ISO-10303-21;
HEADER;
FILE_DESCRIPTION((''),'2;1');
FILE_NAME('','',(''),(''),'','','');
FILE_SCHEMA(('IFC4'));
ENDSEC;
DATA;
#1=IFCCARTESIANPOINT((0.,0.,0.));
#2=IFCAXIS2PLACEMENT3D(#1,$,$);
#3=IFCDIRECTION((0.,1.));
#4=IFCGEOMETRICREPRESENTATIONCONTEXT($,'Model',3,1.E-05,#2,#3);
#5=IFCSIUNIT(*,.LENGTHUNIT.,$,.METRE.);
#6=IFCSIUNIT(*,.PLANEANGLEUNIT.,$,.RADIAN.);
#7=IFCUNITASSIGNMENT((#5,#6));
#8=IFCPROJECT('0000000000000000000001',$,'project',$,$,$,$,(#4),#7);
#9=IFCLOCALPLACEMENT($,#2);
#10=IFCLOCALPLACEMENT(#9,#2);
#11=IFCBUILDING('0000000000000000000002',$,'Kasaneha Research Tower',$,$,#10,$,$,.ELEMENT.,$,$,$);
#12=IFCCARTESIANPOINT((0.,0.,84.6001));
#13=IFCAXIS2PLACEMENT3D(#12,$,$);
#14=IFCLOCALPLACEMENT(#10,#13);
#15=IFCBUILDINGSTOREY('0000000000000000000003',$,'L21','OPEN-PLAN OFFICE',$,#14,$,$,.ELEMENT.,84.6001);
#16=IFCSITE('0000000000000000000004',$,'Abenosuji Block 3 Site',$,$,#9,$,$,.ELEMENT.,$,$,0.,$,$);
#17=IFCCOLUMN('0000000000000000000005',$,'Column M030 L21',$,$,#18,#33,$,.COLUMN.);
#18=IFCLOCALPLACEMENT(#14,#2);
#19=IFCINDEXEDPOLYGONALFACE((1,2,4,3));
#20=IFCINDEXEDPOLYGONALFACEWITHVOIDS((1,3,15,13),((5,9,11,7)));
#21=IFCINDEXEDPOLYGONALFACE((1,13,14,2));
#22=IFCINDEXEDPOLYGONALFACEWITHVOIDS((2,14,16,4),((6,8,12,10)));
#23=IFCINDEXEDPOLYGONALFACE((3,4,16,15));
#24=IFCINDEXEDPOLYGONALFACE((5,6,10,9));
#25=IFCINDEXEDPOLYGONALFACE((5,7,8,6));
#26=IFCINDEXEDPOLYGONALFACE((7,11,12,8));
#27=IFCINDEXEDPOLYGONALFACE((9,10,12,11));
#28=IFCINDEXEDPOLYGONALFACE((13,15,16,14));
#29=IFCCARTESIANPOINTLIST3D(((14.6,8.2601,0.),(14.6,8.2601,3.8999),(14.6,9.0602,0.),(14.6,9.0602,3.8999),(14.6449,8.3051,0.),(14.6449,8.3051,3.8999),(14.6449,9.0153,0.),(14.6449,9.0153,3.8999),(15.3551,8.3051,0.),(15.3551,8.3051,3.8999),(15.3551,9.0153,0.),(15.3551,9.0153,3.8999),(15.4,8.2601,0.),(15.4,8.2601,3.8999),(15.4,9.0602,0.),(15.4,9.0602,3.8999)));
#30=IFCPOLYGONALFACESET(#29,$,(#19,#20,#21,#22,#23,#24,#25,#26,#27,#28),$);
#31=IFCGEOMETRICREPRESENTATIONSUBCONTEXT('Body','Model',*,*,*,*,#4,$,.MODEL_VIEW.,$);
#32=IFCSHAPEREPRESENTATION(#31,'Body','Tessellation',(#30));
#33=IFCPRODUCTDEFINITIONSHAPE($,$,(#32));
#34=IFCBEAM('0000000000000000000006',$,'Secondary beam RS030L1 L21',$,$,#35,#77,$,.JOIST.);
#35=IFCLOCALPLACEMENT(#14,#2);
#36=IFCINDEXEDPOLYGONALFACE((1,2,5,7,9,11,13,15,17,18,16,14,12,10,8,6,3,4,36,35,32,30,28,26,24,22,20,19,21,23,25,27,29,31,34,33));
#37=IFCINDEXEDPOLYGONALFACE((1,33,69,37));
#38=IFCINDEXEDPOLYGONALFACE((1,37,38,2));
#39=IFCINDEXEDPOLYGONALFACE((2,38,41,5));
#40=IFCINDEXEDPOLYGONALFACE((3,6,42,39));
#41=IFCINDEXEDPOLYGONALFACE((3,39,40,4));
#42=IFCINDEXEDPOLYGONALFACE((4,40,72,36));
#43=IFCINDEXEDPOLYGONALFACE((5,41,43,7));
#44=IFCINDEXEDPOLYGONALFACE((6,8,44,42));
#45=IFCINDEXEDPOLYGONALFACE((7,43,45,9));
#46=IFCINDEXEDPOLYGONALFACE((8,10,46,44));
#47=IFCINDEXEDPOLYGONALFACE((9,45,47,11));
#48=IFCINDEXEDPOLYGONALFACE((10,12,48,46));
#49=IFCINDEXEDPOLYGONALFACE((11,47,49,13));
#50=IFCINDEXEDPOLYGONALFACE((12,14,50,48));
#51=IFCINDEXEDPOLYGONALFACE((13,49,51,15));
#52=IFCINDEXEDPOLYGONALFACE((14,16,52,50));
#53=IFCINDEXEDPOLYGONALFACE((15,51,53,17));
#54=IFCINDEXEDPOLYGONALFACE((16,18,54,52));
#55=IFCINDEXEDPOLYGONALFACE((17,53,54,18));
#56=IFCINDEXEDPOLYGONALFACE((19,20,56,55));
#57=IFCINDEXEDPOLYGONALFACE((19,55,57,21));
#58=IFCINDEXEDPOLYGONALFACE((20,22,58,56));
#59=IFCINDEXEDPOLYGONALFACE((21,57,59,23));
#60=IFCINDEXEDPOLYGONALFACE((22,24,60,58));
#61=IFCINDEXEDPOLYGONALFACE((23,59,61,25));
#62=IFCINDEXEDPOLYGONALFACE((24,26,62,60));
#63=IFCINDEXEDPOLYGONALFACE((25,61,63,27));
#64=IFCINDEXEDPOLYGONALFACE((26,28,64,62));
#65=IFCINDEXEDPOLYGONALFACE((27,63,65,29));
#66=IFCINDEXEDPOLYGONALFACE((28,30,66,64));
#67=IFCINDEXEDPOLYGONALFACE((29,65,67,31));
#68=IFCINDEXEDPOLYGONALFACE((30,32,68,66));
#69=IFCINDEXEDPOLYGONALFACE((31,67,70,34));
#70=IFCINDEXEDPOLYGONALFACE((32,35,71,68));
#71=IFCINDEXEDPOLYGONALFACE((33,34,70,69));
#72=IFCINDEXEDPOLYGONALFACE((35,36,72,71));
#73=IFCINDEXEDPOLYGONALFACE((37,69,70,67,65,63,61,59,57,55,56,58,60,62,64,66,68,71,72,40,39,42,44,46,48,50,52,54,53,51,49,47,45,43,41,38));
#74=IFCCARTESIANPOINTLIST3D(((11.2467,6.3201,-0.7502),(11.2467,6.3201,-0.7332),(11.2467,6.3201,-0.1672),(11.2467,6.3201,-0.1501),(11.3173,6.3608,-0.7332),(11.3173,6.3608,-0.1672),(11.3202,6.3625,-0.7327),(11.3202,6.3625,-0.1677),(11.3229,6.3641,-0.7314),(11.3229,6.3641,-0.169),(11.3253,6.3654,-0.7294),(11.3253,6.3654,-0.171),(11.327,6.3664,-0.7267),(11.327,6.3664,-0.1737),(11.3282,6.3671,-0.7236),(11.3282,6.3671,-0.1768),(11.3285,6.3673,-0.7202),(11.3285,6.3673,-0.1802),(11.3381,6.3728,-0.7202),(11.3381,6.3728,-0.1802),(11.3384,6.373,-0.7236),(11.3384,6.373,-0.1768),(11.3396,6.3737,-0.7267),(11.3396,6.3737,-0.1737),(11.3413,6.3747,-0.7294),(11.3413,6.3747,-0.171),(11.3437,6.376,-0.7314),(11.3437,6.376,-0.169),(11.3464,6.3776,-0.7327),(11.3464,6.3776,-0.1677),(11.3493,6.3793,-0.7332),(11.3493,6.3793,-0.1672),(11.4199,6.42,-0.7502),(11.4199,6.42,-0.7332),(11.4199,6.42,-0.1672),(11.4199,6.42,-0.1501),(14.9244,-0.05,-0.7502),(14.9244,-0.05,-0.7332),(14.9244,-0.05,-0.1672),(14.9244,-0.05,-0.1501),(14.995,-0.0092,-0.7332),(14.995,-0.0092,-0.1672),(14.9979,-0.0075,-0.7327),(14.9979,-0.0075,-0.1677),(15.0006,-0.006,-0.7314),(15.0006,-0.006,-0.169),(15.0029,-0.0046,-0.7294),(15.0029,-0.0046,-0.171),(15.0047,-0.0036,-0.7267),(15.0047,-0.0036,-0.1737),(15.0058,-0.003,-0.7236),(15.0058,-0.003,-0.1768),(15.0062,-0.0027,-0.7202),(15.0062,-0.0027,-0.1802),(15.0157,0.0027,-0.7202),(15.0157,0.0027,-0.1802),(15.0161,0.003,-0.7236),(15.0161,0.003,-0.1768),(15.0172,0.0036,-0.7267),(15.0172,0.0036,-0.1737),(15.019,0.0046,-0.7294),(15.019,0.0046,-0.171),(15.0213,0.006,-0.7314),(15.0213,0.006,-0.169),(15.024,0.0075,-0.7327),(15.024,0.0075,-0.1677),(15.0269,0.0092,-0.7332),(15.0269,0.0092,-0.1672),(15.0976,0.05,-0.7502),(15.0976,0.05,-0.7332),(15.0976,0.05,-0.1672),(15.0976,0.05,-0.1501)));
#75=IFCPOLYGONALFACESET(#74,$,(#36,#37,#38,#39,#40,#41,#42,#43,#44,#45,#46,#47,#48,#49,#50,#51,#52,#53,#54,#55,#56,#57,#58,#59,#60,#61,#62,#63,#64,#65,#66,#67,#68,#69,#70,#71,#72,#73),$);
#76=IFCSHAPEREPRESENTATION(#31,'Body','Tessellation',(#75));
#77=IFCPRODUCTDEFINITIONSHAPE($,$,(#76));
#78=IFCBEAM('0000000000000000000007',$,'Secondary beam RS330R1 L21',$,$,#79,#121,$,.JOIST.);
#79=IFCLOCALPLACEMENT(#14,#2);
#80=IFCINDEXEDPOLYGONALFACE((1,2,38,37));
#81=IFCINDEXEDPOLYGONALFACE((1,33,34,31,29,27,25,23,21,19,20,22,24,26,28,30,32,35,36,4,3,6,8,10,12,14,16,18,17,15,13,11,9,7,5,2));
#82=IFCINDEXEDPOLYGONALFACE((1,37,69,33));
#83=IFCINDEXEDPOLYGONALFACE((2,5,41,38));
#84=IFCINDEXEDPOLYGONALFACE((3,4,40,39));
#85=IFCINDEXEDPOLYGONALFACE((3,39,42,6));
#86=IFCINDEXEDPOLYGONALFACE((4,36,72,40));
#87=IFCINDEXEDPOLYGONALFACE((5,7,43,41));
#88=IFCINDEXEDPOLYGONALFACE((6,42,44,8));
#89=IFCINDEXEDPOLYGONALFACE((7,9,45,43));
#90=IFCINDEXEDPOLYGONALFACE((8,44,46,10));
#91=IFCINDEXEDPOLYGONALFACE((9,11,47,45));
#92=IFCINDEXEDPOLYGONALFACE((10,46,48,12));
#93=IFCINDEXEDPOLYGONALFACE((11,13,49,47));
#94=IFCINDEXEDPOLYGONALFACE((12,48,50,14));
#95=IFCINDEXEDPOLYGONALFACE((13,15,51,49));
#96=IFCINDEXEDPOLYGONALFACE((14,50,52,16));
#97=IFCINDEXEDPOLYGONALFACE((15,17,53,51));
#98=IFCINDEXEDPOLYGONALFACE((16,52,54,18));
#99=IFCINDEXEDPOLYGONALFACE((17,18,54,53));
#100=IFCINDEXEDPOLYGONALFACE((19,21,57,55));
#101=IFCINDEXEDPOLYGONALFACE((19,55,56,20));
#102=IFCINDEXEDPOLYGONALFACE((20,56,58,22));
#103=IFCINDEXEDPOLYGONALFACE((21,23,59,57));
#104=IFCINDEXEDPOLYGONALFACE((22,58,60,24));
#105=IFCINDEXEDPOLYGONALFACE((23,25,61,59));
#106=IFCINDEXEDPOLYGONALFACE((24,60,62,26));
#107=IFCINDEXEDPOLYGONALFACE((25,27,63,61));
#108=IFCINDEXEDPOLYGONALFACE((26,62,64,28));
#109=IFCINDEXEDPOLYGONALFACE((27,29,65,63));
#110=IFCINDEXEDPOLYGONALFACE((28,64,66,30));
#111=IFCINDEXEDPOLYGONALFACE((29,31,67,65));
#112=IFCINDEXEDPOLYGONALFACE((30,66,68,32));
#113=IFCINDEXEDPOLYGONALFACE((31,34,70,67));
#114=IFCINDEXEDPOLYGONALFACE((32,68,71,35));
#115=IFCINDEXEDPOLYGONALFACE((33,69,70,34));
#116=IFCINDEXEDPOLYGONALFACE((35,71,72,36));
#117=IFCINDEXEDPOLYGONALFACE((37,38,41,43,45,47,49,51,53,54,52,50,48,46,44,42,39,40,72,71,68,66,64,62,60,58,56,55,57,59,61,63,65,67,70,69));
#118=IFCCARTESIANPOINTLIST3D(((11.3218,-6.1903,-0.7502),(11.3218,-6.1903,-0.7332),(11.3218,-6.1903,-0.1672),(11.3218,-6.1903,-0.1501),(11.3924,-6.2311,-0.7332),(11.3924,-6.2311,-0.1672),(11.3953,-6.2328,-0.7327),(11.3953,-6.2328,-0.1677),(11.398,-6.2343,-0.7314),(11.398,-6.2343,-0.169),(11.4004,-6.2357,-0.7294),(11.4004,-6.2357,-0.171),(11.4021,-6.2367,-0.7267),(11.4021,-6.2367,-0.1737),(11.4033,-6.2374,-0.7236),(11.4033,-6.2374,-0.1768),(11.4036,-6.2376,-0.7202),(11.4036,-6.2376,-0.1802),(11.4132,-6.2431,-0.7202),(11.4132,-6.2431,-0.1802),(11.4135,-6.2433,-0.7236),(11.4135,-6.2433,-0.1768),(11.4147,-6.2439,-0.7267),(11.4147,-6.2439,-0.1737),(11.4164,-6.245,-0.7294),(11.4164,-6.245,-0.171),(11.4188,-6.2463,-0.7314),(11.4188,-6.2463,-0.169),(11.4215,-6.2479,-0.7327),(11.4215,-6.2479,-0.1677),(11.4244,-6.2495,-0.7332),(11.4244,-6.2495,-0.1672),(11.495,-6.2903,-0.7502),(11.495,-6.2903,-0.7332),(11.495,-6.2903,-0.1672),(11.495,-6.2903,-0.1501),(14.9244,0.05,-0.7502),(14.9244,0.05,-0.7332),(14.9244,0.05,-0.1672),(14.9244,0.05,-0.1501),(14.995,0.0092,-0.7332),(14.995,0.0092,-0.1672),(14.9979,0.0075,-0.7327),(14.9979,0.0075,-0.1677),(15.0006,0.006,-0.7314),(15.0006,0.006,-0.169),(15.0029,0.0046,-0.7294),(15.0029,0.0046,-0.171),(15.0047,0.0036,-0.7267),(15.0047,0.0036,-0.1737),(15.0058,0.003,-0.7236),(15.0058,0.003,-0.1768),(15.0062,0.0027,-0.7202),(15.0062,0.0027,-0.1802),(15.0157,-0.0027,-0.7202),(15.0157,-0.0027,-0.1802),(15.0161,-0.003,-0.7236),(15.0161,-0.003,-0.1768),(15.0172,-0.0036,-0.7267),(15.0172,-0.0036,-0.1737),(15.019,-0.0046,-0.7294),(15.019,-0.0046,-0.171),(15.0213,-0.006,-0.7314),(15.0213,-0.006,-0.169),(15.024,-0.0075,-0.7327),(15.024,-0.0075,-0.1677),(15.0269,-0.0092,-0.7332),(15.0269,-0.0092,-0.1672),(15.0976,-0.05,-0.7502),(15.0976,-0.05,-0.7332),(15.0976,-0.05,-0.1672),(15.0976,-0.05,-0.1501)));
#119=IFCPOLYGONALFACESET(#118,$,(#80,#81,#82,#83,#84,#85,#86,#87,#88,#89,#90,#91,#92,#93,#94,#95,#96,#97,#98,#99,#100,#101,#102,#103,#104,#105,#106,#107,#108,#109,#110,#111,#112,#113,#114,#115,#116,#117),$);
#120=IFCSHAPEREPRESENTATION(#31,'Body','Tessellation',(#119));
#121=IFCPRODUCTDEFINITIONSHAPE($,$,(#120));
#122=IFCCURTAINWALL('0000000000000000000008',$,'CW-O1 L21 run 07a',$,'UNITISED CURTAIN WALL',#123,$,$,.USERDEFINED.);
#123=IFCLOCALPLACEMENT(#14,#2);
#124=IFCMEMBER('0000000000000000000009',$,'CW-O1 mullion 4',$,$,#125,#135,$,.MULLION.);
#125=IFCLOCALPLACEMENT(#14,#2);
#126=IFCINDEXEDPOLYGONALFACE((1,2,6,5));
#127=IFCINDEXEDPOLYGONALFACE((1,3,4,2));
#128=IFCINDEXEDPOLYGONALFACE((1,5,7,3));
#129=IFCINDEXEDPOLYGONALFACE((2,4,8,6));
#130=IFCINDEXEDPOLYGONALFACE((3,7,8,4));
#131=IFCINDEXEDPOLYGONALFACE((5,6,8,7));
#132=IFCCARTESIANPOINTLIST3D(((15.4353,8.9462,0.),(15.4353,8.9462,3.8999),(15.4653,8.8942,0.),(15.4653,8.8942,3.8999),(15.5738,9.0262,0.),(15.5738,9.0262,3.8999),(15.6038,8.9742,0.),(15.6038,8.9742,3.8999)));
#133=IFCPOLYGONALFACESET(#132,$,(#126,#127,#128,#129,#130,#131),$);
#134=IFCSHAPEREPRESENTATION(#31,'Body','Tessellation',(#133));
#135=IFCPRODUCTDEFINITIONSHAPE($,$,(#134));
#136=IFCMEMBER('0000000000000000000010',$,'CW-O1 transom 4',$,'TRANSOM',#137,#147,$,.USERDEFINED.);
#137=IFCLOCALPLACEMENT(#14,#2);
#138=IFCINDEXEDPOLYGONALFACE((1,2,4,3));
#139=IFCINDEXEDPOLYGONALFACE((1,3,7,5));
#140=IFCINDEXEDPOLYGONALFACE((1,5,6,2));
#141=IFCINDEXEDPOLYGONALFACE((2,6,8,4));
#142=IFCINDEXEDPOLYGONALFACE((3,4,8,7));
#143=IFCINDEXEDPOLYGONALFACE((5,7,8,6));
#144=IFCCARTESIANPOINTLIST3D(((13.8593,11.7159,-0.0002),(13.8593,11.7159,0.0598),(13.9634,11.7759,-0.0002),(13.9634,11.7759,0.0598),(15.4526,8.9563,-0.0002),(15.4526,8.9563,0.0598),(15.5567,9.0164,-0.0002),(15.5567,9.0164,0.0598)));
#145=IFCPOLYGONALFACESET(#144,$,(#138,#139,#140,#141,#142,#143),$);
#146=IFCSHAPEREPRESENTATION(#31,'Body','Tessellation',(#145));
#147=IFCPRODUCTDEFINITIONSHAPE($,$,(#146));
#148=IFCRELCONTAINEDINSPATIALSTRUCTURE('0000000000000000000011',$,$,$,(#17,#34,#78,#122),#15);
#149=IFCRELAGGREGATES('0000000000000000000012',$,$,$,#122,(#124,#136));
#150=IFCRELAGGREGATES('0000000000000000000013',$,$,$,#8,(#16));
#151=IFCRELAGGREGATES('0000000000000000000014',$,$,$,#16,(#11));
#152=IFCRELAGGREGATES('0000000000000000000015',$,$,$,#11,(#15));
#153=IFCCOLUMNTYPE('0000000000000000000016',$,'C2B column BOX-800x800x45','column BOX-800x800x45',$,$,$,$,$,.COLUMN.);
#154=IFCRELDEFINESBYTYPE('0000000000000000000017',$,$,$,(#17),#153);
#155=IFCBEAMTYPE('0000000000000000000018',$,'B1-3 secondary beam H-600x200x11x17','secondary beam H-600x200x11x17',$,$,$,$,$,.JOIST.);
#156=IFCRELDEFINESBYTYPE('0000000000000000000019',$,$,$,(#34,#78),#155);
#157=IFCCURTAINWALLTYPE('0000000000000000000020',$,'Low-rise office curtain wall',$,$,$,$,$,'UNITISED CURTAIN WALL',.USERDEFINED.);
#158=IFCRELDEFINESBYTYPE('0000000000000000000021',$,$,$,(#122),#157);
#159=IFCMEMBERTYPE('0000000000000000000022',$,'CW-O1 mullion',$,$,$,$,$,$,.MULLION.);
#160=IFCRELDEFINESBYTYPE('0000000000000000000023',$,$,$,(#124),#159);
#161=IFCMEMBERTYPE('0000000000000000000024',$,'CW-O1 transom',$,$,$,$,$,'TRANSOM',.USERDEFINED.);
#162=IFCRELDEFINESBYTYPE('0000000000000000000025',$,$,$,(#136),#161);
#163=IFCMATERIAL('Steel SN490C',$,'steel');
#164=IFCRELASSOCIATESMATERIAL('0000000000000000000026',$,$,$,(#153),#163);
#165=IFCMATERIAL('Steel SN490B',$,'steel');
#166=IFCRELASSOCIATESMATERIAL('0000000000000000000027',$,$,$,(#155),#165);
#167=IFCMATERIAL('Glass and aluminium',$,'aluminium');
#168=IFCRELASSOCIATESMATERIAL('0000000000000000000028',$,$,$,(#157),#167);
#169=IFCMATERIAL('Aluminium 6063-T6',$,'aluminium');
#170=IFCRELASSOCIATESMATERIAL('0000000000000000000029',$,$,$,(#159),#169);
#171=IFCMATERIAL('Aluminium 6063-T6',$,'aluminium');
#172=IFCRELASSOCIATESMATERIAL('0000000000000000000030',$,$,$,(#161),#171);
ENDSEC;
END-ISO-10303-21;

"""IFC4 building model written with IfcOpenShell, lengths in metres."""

from ifc_helpers import new_model, si_unit, direction, frame, origin, origin_2d, place, context, subcontext, project, spatial, rectangle, hollow_rectangle, i_section, extrude, material, material_profile, profile_set, type_object, element, aggregate, save


model = new_model("IFC4")

# Units and contexts
model_context = context("Model", 3, precision=1e-05, world=origin(), true_north=direction((0.0, 1.0)))
body_context = subcontext(model_context, "Body", "Model", "MODEL_VIEW")
ifc_project = project(units=[si_unit("LENGTHUNIT", "METRE"), si_unit("PLANEANGLEUNIT", "RADIAN")], contexts=[model_context])

# Site, building, storey
site_placement = place(None, origin())
site = spatial("IfcSite", under=ifc_project, at=site_placement, Name="Abenosuji Block 3 Site", CompositionType="ELEMENT", RefElevation=0.0)
building_placement = place(site_placement, origin())
building = spatial("IfcBuilding", under=site, at=building_placement, Name="Kasaneha Research Tower", CompositionType="ELEMENT")
storey_placement = place(building_placement, frame((0.0, 0.0, 84.6001)))
storey = spatial("IfcBuildingStorey", under=building, at=storey_placement, Name="L21", Description="OPEN-PLAN OFFICE", CompositionType="ELEMENT", Elevation=84.6001)

# Column
ifc_material_1 = material(Name="Steel SN490C", Category="steel")
ifc_material_profile_1 = material_profile(ifc_material_1, hollow_rectangle(XDim=0.8, YDim=0.8, WallThickness=0.0449, at=origin_2d()), Name="BOX-800x800x45")
ifc_profile_set_1 = profile_set([ifc_material_profile_1], Name="Steel SN490C")
column_type = type_object("IfcColumnType", Name="C2B column BOX-800x800x45", Description="column BOX-800x800x45", PredefinedType="COLUMN", material=ifc_profile_set_1)
column_placement = place(storey_placement, frame((15.0, 8.6602, 0.0), z_axis=(0.0, 0.0, 1.0), x_axis=(1.0, 0.0, 0.0)))
element("IfcColumn", 1, at=column_placement, inside=storey, type_object=column_type, Name="Column M030 L21", PredefinedType="COLUMN", context=body_context, shape_type="SweptSolid", body=[
    extrude(hollow_rectangle(XDim=0.8, YDim=0.8, WallThickness=0.0449, at=origin_2d()), origin(), (0.0, 0.0, 1.0), 3.8999),
])

# Beams
ifc_material_2 = material(Name="Steel SN490B", Category="steel")
ifc_material_profile_2 = material_profile(ifc_material_2, i_section(OverallWidth=0.2, OverallDepth=0.6001, WebThickness=0.011, FlangeThickness=0.0171, FilletRadius=0.0129, at=origin_2d()), Name="H-600x200x11x17")
ifc_profile_set_2 = profile_set([ifc_material_profile_2], Name="Steel SN490B")
beam_type_1 = type_object("IfcBeamType", Name="B1-3 secondary beam H-600x200x11x17", Description="secondary beam H-600x200x11x17", PredefinedType="JOIST", material=ifc_profile_set_2)
beam_1_placement = place(storey_placement, frame((15.011, 0.0, -0.4502), z_axis=(-0.499994, 0.866029, 0.0), x_axis=(-0.866029, -0.499994, 0.0)))
element("IfcBeam", 2, at=beam_1_placement, inside=storey, type_object=beam_type_1, Name="Secondary beam RS030L1 L21", PredefinedType="JOIST", context=body_context, shape_type="SweptSolid", body=[
    extrude(i_section(OverallWidth=0.2, OverallDepth=0.6001, WebThickness=0.011, FlangeThickness=0.0171, FilletRadius=0.0129, at=origin_2d()), origin(), (0.0, 0.0, 1.0), 7.3555),
])
beam_2_placement = place(storey_placement, frame((15.011, 0.0, -0.4502), z_axis=(-0.499973, -0.866041, 0.0), x_axis=(0.866041, -0.499973, 0.0)))
element("IfcBeam", 3, at=beam_2_placement, inside=storey, type_object=beam_type_1, Name="Secondary beam RS330R1 L21", PredefinedType="JOIST", context=body_context, shape_type="SweptSolid", body=[
    extrude(i_section(OverallWidth=0.2, OverallDepth=0.6001, WebThickness=0.011, FlangeThickness=0.0171, FilletRadius=0.0129, at=origin_2d()), origin(), (0.0, 0.0, 1.0), 7.2056),
])

# Curtain wall, members
ifc_material_3 = material(Name="Glass and aluminium", Category="aluminium")
curtain_wall_type = type_object("IfcCurtainWallType", Name="Low-rise office curtain wall", ElementType="UNITISED CURTAIN WALL", PredefinedType="USERDEFINED", material=ifc_material_3)
curtain_wall_placement = place(storey_placement, origin())
curtain_wall = element("IfcCurtainWall", 4, at=curtain_wall_placement, inside=storey, type_object=curtain_wall_type, Name="CW-O1 L21 run 07a", ObjectType="UNITISED CURTAIN WALL", PredefinedType="USERDEFINED")
ifc_material_4 = material(Name="Aluminium 6063-T6", Category="aluminium")
ifc_material_profile_3 = material_profile(ifc_material_4, rectangle(XDim=0.0601, YDim=0.1599, at=origin_2d()), Name="CW-O1 mullion 60x160")
ifc_profile_set_3 = profile_set([ifc_material_profile_3], Name="Aluminium 6063-T6")
member_type_1 = type_object("IfcMemberType", Name="CW-O1 mullion", PredefinedType="MULLION", material=ifc_profile_set_3)
member_1_placement = place(storey_placement, frame((15.5195, 8.9602, 0.0), z_axis=(0.0, 0.0, 1.0), x_axis=(-0.5, 0.866025, 0.0)))
member_1 = element("IfcMember", 5, at=member_1_placement, type_object=member_type_1, Name="CW-O1 mullion 4", PredefinedType="MULLION", context=body_context, shape_type="SweptSolid", body=[
    extrude(rectangle(XDim=0.0601, YDim=0.1599, at=origin_2d()), origin(), (0.0, 0.0, 1.0), 3.8999),
])
ifc_material_5 = material(Name="Aluminium 6063-T6", Category="aluminium")
ifc_material_profile_4 = material_profile(ifc_material_5, rectangle(XDim=0.1201, YDim=0.0601, at=origin_2d()), Name="CW-O1 transom 120x60")
ifc_profile_set_4 = profile_set([ifc_material_profile_4], Name="Aluminium 6063-T6")
member_type_2 = type_object("IfcMemberType", Name="CW-O1 transom", ElementType="TRANSOM", PredefinedType="USERDEFINED", material=ifc_profile_set_4)
member_2_placement = place(storey_placement, frame((15.5046, 8.9863, 0.0298), z_axis=(-0.500012, 0.866018, 0.0), x_axis=(-0.866018, -0.500012, 0.0)))
member_2 = element("IfcMember", 6, at=member_2_placement, type_object=member_type_2, Name="CW-O1 transom 4", ObjectType="TRANSOM", PredefinedType="USERDEFINED", context=body_context, shape_type="SweptSolid", body=[
    extrude(rectangle(XDim=0.1201, YDim=0.0601, at=origin_2d()), origin(), (0.0, 0.0, 1.0), 3.1865),
])

aggregate(curtain_wall, [member_1, member_2])

save(model, "model.ifc")
